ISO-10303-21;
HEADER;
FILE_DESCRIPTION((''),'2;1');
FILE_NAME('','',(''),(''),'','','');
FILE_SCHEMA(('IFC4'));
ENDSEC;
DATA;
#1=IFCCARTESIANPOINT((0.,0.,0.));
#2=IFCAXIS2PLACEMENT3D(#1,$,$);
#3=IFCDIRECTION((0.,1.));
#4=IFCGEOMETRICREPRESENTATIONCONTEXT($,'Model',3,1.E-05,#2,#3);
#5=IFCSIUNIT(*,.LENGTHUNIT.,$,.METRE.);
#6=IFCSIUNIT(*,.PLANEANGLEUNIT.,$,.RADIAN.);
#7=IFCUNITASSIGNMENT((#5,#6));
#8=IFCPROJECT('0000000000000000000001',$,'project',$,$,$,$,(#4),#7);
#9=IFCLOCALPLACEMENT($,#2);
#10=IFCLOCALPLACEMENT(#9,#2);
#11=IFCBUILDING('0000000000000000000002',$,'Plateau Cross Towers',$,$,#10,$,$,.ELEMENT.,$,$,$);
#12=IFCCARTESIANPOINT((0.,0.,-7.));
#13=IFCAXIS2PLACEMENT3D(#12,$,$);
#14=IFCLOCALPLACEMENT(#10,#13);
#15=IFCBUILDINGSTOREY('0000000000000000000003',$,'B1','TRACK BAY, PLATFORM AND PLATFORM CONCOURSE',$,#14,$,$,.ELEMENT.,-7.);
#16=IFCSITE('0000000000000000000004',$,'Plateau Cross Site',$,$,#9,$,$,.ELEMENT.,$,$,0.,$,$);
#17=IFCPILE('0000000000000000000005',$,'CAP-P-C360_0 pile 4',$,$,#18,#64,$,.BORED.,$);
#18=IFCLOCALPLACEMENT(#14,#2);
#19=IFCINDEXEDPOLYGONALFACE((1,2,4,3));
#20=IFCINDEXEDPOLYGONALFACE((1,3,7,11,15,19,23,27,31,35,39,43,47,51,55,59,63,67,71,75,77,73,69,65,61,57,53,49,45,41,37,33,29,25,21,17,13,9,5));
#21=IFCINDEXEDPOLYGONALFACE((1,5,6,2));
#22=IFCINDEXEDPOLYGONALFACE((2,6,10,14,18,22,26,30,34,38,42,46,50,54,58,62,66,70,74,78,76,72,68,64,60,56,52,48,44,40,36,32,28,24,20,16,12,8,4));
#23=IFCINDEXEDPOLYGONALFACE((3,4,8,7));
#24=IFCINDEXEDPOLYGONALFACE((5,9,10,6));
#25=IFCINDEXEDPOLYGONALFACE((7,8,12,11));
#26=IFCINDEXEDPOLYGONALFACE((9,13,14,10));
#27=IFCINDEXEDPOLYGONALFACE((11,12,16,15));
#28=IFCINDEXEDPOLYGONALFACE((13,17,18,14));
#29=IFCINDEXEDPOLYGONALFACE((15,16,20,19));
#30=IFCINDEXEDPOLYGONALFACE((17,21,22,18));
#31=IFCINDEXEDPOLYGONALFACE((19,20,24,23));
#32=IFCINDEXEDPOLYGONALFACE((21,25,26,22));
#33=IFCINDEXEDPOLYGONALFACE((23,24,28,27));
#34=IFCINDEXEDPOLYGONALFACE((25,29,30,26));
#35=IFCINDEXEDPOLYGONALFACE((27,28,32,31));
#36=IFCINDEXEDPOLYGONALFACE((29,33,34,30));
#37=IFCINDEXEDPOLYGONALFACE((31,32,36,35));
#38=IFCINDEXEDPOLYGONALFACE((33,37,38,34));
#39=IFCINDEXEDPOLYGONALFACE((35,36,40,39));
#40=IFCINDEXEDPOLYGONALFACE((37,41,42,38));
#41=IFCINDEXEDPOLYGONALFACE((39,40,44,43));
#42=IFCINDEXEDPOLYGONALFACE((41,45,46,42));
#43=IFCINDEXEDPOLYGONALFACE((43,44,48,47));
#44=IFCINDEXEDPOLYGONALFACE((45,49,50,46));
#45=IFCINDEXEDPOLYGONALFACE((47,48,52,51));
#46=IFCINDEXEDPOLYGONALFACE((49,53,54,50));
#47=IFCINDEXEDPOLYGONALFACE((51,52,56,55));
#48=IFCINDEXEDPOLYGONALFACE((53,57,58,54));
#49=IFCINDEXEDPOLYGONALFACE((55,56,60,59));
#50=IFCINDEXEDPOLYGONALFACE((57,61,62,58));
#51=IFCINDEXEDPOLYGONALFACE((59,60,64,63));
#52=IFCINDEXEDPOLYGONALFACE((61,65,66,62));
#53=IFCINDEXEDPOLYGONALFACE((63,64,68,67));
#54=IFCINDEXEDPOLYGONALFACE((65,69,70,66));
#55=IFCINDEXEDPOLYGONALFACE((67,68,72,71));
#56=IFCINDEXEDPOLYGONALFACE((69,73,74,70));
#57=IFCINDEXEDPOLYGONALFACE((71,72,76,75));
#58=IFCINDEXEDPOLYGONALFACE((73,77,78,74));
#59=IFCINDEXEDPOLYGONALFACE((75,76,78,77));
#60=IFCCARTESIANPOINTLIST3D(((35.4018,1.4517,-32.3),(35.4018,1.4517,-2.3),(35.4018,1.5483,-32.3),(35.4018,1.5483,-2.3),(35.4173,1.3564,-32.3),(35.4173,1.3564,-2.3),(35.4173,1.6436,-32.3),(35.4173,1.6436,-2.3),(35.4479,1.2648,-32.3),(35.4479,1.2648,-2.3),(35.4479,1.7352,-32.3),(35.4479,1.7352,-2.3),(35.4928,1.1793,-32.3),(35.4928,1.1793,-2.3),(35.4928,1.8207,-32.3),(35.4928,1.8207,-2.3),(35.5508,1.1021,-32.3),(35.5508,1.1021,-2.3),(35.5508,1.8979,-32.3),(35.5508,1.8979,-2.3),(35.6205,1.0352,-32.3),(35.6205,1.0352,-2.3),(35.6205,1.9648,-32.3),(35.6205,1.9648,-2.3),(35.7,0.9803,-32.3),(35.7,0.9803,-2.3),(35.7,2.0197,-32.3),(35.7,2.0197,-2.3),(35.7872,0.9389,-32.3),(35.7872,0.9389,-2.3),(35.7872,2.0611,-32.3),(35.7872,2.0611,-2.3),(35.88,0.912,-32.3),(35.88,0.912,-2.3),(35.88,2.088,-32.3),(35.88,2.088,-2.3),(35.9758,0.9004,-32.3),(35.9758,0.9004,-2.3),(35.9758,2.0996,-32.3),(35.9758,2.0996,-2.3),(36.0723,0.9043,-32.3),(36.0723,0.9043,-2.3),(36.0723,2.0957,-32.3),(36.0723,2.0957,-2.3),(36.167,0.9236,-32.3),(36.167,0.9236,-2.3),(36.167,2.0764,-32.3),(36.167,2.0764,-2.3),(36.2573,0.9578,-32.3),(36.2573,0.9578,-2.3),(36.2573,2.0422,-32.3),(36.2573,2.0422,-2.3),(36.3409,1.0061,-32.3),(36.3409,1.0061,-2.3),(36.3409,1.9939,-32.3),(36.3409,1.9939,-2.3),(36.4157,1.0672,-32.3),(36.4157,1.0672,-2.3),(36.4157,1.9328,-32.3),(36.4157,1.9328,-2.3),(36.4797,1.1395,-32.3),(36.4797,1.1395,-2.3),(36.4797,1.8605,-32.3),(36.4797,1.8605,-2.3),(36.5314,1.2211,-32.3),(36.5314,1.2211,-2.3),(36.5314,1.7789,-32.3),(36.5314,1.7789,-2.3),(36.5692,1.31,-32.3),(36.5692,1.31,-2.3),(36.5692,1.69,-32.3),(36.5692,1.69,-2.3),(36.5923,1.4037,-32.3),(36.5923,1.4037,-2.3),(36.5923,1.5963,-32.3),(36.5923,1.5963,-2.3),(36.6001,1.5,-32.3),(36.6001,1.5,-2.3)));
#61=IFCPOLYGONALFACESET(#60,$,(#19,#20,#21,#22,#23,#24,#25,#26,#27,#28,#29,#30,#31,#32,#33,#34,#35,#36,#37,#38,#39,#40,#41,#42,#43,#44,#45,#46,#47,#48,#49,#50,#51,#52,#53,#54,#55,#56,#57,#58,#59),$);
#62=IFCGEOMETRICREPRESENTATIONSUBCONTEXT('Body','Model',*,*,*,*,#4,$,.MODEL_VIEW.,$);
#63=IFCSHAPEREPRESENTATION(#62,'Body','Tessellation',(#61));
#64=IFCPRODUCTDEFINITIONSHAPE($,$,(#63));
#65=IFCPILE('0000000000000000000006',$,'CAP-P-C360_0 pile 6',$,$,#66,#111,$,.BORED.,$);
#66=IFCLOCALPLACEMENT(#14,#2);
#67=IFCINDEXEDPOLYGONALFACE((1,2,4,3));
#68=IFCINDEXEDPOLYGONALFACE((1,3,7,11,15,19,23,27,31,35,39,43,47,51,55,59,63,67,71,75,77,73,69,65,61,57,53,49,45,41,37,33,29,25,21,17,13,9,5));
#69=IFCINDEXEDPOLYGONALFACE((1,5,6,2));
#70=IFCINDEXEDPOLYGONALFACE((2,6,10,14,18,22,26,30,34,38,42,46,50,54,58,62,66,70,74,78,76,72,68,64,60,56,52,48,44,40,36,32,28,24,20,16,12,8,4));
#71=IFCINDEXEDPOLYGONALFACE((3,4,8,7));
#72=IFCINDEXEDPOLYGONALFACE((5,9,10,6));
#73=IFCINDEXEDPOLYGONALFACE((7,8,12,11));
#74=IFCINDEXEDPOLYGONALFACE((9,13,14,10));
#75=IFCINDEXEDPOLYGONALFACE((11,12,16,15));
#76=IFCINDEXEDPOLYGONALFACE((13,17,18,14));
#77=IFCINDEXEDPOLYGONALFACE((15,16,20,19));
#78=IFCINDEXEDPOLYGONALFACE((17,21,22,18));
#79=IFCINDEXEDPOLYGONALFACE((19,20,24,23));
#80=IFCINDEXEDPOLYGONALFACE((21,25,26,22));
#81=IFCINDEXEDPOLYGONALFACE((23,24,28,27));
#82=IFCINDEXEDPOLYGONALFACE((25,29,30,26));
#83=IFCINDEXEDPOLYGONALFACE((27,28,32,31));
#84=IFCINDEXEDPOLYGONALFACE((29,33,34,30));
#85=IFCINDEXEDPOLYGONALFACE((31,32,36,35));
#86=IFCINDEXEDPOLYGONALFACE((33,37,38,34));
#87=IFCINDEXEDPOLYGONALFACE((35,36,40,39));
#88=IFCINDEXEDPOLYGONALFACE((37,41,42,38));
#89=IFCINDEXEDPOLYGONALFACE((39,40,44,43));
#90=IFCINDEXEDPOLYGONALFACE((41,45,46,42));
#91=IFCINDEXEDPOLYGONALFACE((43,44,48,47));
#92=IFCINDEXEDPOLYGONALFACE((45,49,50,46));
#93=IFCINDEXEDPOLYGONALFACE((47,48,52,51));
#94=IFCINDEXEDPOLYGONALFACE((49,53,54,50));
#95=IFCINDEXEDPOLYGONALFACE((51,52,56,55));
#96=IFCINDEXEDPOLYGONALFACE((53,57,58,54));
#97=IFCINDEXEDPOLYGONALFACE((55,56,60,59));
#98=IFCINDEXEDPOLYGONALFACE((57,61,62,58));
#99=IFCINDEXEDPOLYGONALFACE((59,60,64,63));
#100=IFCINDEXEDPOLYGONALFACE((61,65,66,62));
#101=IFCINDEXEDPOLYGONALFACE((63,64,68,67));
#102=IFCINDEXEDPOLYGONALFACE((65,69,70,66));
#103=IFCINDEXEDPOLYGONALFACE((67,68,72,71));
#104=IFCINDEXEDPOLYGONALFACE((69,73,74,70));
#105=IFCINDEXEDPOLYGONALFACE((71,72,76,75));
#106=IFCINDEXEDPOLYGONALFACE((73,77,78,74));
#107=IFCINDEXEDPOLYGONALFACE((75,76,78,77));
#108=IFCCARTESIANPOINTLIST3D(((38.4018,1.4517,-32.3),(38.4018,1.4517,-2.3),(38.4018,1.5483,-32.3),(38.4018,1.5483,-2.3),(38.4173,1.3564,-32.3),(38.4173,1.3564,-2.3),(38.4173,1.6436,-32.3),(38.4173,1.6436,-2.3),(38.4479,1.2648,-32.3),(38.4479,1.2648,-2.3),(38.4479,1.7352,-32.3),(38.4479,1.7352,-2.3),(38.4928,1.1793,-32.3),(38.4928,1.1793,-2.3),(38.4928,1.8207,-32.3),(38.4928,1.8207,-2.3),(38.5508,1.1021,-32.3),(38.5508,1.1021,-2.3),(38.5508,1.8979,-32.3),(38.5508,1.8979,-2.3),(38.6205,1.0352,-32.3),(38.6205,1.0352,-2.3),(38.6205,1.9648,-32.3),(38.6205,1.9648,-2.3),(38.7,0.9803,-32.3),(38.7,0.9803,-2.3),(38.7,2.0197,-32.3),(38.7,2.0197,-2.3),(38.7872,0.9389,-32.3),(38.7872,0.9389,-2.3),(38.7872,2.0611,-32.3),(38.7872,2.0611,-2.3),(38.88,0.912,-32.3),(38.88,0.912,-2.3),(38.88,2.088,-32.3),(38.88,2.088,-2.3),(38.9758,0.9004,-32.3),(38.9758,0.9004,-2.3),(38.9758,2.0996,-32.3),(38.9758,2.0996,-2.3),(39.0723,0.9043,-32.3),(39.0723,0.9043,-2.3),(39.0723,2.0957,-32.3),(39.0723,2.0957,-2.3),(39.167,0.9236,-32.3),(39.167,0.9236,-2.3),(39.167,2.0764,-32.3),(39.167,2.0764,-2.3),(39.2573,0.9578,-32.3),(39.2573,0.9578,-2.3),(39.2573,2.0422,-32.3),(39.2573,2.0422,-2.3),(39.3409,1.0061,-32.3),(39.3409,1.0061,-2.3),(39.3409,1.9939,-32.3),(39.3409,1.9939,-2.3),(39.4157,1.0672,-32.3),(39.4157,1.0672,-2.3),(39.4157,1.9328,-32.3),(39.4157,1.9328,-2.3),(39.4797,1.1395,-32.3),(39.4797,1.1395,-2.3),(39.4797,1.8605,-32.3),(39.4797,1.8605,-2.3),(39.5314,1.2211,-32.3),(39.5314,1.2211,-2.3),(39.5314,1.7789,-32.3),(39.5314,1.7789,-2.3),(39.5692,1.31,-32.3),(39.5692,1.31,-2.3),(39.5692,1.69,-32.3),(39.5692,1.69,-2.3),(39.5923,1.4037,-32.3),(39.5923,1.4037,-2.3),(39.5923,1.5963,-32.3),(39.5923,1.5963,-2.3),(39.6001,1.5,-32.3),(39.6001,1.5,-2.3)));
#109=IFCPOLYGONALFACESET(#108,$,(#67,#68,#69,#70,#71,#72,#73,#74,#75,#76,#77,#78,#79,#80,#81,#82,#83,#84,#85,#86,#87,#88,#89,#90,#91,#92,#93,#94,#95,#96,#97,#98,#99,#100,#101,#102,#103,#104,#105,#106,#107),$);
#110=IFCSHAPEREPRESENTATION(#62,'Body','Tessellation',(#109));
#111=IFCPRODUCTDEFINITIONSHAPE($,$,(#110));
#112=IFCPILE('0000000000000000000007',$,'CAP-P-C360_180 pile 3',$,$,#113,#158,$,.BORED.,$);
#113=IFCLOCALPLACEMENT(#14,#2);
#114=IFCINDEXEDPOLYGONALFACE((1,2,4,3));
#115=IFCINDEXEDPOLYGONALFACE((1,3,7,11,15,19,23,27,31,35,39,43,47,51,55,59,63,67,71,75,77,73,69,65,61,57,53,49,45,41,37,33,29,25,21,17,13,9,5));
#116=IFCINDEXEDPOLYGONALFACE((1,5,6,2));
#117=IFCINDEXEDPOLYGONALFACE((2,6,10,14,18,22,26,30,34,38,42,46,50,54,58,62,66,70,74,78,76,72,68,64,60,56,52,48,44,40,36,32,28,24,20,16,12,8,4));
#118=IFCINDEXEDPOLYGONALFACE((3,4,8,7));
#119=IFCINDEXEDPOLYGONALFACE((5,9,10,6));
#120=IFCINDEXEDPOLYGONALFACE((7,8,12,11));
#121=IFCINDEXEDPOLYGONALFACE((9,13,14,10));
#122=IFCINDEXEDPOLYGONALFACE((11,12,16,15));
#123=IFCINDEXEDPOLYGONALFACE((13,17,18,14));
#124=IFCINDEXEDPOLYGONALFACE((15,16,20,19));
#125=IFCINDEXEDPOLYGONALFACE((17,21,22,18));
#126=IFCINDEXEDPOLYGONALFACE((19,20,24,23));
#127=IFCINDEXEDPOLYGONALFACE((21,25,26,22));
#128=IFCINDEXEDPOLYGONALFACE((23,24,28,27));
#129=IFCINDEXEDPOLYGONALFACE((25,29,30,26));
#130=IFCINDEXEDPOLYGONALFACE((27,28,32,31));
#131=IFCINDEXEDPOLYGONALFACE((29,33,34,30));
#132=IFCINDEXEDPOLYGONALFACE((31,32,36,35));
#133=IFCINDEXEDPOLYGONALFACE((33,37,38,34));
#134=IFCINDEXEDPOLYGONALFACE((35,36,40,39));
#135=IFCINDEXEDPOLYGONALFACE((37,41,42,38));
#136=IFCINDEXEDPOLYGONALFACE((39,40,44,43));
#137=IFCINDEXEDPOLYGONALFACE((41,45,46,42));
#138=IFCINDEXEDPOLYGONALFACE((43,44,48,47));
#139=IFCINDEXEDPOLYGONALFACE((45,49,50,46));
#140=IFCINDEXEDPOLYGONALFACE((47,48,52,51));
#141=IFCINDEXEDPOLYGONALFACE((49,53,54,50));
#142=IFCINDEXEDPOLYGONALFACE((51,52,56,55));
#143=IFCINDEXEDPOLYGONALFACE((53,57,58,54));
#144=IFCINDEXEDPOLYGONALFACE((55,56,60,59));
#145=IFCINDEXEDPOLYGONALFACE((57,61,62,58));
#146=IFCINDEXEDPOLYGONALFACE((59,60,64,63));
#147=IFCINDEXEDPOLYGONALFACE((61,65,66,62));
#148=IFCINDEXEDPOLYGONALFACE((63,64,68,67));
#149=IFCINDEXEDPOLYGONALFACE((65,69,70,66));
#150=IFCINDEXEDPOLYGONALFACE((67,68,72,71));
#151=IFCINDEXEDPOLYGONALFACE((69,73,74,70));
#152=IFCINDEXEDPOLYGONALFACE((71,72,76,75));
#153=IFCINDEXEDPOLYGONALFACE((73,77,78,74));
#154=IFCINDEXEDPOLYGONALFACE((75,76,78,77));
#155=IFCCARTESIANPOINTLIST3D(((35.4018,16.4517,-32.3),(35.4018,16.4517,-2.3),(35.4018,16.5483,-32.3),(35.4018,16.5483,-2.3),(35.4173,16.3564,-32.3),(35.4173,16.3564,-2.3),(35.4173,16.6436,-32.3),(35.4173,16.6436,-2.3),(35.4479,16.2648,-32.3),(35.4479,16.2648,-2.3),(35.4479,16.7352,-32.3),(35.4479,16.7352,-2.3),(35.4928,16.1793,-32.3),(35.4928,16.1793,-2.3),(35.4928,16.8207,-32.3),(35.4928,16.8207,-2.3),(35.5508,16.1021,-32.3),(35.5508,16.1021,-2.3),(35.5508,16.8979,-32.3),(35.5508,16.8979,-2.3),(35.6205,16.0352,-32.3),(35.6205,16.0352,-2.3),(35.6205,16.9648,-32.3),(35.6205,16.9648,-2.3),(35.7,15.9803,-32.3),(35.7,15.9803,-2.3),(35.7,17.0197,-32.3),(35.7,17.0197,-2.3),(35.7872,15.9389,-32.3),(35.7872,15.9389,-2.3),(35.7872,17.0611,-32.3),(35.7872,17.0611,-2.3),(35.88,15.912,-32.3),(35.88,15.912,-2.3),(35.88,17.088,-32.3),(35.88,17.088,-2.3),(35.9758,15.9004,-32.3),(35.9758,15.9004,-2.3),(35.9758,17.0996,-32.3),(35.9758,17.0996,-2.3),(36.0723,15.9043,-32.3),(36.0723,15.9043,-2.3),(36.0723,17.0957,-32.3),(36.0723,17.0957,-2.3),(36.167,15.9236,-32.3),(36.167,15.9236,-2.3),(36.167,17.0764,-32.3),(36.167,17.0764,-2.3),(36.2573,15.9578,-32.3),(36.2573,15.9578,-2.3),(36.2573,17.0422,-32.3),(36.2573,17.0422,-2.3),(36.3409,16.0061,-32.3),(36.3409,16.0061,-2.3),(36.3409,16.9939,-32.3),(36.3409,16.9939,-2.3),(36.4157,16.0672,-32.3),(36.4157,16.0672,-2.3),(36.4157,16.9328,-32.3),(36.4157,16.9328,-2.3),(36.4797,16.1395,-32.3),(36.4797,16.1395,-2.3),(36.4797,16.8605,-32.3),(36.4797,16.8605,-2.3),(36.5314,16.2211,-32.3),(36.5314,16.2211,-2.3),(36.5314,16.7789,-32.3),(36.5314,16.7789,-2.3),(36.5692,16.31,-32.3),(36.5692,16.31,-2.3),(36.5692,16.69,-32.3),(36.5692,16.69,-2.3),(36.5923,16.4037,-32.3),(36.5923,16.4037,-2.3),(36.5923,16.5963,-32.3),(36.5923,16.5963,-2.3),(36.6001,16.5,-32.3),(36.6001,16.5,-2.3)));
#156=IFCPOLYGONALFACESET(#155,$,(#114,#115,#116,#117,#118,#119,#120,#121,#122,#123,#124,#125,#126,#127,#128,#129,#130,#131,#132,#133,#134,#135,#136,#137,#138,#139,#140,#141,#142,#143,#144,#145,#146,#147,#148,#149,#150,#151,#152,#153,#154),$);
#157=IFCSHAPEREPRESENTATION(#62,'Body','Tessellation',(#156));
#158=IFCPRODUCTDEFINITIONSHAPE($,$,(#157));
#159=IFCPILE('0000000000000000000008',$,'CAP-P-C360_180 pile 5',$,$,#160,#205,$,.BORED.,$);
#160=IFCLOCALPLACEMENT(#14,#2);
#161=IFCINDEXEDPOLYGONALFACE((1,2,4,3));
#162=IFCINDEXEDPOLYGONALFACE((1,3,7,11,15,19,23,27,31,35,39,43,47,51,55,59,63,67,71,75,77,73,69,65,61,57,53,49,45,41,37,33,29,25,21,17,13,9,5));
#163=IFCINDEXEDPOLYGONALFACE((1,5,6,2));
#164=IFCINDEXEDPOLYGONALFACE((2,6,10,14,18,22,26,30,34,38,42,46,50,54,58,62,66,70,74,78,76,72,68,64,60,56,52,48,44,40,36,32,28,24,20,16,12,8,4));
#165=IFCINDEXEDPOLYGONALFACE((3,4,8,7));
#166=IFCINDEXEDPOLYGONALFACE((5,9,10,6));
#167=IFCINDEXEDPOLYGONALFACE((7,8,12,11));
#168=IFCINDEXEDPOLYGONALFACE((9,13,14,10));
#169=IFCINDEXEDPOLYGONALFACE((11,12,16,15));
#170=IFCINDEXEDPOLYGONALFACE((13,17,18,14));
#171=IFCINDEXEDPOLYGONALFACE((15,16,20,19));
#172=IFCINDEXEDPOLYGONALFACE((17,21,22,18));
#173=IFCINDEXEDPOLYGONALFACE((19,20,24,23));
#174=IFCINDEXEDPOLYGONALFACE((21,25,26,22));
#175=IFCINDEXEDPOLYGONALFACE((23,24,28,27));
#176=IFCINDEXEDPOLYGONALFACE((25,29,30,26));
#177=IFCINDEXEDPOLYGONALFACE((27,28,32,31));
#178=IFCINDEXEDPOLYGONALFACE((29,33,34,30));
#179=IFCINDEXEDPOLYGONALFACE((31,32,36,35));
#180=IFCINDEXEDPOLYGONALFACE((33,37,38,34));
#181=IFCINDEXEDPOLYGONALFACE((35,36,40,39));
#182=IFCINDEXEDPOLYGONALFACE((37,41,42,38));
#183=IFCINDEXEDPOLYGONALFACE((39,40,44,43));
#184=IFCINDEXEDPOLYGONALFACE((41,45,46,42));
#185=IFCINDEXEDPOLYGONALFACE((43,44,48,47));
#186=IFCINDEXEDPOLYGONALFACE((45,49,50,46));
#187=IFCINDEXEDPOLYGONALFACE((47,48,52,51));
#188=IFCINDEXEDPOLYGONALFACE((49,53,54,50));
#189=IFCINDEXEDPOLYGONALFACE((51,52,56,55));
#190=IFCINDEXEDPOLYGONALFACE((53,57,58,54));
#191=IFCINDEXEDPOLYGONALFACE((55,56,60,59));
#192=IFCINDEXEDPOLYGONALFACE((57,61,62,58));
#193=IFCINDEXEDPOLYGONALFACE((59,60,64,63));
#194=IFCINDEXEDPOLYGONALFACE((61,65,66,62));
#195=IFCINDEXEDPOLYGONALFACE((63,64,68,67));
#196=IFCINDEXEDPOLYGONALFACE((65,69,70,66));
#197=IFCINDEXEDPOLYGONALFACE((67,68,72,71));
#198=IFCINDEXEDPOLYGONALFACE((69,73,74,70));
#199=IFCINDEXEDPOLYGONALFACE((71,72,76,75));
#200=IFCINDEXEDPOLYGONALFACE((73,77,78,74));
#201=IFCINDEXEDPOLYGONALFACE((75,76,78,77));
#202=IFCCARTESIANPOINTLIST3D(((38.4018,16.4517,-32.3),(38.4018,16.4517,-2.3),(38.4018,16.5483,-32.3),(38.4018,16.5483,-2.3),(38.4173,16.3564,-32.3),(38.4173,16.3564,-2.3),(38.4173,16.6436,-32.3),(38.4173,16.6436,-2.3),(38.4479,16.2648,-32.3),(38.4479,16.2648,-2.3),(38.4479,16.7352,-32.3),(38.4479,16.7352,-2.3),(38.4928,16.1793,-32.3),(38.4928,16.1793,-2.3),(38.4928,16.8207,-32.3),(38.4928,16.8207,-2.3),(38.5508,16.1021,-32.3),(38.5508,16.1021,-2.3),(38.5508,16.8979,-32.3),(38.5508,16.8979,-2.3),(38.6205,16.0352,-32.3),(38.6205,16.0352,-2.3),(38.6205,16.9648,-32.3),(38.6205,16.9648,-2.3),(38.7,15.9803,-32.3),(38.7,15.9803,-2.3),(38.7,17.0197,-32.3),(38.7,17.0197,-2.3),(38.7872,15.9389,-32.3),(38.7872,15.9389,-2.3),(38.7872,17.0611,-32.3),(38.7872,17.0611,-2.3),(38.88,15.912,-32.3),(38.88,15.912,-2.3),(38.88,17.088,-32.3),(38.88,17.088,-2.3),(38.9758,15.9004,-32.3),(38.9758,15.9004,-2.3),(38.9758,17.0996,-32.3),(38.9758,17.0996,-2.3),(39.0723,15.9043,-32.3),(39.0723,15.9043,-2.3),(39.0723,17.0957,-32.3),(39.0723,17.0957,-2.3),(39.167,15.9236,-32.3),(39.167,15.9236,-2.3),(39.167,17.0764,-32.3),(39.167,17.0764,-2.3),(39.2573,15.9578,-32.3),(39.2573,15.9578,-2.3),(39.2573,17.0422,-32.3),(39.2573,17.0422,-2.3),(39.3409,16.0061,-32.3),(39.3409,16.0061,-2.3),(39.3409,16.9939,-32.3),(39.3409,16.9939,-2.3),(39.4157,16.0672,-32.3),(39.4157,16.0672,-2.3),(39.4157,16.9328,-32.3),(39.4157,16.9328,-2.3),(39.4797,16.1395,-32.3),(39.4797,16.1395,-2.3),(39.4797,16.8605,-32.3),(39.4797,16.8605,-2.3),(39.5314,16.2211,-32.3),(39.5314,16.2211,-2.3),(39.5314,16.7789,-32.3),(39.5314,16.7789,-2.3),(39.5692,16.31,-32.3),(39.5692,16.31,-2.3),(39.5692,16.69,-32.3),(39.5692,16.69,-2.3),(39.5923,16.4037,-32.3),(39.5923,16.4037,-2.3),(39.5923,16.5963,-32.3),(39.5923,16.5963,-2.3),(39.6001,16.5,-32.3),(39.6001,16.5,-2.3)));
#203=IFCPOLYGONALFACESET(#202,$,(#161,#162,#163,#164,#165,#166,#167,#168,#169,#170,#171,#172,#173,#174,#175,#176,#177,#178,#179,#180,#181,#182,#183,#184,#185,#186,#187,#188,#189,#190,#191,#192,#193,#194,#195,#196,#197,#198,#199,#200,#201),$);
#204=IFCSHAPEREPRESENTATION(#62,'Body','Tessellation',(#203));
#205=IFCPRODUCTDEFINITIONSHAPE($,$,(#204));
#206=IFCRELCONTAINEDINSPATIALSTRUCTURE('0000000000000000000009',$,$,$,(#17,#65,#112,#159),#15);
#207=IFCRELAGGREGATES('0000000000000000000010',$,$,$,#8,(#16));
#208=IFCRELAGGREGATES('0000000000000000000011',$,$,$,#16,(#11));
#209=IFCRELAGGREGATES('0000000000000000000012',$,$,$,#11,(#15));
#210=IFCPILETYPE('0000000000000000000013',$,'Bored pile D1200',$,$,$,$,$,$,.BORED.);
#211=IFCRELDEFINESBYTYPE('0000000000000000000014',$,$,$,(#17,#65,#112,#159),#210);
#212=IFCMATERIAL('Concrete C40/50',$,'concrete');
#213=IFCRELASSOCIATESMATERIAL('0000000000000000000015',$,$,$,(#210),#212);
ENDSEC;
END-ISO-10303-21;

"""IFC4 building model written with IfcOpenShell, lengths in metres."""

from ifc_helpers import new_model, si_unit, direction, frame, origin, origin_2d, place, context, subcontext, project, spatial, circle, extrude, material, material_profile, profile_set, type_object, element, save


model = new_model("IFC4")

# Units and contexts
model_context = context("Model", 3, precision=1e-05, world=origin(), true_north=direction((0.0, 1.0)))
body_context = subcontext(model_context, "Body", "Model", "MODEL_VIEW")
ifc_project = project(units=[si_unit("LENGTHUNIT", "METRE"), si_unit("PLANEANGLEUNIT", "RADIAN")], contexts=[model_context])

# Site, building, storey
site_placement = place(None, origin())
site = spatial("IfcSite", under=ifc_project, at=site_placement, Name="Plateau Cross Site", CompositionType="ELEMENT", RefElevation=0.0)
building_placement = place(site_placement, origin())
building = spatial("IfcBuilding", under=site, at=building_placement, Name="Plateau Cross Towers", CompositionType="ELEMENT")
storey_placement = place(building_placement, frame((0.0, 0.0, -7.0)))
storey = spatial("IfcBuildingStorey", under=building, at=storey_placement, Name="B1", Description="TRACK BAY, PLATFORM AND PLATFORM CONCOURSE", CompositionType="ELEMENT", Elevation=-7.0)

# Piles
ifc_material_1 = material(Name="Concrete C40/50", Category="concrete")
ifc_material_profile_1 = material_profile(ifc_material_1, circle(Radius=0.6001, at=origin_2d()), Name="Bored pile D1200")
ifc_profile_set_1 = profile_set([ifc_material_profile_1], Name="Concrete C40/50")
pile_type = type_object("IfcPileType", Name="Bored pile D1200", PredefinedType="BORED", material=ifc_profile_set_1)
for number, where, z_axis, x_axis, name in (
    (1, (36.0, 1.5, -2.3), (0.0, 0.0, -1.0), (1.0, 0.0, 0.0), "CAP-P-C360_0 pile 4"),
    (2, (39.0, 1.5, -2.3), (0.0, 0.0, -1.0), (1.0, 0.0, 0.0), "CAP-P-C360_0 pile 6"),
    (3, (36.0, 16.5, -2.3), (0.0, 0.0, -1.0), (1.0, 0.0, 0.0), "CAP-P-C360_180 pile 3"),
    (4, (39.0, 16.5, -2.3), (0.0, 0.0, -1.0), (1.0, 0.0, 0.0), "CAP-P-C360_180 pile 5"),
):
    element("IfcPile", number, at=place(storey_placement, frame(where, z_axis=z_axis, x_axis=x_axis)), inside=storey, type_object=pile_type, Name=name, PredefinedType="BORED", context=body_context, shape_type="SweptSolid", body=[
        extrude(circle(Radius=0.6001, at=origin_2d()), origin(), (0.0, 0.0, 1.0), 30.0),
    ])

save(model, "model.ifc")
